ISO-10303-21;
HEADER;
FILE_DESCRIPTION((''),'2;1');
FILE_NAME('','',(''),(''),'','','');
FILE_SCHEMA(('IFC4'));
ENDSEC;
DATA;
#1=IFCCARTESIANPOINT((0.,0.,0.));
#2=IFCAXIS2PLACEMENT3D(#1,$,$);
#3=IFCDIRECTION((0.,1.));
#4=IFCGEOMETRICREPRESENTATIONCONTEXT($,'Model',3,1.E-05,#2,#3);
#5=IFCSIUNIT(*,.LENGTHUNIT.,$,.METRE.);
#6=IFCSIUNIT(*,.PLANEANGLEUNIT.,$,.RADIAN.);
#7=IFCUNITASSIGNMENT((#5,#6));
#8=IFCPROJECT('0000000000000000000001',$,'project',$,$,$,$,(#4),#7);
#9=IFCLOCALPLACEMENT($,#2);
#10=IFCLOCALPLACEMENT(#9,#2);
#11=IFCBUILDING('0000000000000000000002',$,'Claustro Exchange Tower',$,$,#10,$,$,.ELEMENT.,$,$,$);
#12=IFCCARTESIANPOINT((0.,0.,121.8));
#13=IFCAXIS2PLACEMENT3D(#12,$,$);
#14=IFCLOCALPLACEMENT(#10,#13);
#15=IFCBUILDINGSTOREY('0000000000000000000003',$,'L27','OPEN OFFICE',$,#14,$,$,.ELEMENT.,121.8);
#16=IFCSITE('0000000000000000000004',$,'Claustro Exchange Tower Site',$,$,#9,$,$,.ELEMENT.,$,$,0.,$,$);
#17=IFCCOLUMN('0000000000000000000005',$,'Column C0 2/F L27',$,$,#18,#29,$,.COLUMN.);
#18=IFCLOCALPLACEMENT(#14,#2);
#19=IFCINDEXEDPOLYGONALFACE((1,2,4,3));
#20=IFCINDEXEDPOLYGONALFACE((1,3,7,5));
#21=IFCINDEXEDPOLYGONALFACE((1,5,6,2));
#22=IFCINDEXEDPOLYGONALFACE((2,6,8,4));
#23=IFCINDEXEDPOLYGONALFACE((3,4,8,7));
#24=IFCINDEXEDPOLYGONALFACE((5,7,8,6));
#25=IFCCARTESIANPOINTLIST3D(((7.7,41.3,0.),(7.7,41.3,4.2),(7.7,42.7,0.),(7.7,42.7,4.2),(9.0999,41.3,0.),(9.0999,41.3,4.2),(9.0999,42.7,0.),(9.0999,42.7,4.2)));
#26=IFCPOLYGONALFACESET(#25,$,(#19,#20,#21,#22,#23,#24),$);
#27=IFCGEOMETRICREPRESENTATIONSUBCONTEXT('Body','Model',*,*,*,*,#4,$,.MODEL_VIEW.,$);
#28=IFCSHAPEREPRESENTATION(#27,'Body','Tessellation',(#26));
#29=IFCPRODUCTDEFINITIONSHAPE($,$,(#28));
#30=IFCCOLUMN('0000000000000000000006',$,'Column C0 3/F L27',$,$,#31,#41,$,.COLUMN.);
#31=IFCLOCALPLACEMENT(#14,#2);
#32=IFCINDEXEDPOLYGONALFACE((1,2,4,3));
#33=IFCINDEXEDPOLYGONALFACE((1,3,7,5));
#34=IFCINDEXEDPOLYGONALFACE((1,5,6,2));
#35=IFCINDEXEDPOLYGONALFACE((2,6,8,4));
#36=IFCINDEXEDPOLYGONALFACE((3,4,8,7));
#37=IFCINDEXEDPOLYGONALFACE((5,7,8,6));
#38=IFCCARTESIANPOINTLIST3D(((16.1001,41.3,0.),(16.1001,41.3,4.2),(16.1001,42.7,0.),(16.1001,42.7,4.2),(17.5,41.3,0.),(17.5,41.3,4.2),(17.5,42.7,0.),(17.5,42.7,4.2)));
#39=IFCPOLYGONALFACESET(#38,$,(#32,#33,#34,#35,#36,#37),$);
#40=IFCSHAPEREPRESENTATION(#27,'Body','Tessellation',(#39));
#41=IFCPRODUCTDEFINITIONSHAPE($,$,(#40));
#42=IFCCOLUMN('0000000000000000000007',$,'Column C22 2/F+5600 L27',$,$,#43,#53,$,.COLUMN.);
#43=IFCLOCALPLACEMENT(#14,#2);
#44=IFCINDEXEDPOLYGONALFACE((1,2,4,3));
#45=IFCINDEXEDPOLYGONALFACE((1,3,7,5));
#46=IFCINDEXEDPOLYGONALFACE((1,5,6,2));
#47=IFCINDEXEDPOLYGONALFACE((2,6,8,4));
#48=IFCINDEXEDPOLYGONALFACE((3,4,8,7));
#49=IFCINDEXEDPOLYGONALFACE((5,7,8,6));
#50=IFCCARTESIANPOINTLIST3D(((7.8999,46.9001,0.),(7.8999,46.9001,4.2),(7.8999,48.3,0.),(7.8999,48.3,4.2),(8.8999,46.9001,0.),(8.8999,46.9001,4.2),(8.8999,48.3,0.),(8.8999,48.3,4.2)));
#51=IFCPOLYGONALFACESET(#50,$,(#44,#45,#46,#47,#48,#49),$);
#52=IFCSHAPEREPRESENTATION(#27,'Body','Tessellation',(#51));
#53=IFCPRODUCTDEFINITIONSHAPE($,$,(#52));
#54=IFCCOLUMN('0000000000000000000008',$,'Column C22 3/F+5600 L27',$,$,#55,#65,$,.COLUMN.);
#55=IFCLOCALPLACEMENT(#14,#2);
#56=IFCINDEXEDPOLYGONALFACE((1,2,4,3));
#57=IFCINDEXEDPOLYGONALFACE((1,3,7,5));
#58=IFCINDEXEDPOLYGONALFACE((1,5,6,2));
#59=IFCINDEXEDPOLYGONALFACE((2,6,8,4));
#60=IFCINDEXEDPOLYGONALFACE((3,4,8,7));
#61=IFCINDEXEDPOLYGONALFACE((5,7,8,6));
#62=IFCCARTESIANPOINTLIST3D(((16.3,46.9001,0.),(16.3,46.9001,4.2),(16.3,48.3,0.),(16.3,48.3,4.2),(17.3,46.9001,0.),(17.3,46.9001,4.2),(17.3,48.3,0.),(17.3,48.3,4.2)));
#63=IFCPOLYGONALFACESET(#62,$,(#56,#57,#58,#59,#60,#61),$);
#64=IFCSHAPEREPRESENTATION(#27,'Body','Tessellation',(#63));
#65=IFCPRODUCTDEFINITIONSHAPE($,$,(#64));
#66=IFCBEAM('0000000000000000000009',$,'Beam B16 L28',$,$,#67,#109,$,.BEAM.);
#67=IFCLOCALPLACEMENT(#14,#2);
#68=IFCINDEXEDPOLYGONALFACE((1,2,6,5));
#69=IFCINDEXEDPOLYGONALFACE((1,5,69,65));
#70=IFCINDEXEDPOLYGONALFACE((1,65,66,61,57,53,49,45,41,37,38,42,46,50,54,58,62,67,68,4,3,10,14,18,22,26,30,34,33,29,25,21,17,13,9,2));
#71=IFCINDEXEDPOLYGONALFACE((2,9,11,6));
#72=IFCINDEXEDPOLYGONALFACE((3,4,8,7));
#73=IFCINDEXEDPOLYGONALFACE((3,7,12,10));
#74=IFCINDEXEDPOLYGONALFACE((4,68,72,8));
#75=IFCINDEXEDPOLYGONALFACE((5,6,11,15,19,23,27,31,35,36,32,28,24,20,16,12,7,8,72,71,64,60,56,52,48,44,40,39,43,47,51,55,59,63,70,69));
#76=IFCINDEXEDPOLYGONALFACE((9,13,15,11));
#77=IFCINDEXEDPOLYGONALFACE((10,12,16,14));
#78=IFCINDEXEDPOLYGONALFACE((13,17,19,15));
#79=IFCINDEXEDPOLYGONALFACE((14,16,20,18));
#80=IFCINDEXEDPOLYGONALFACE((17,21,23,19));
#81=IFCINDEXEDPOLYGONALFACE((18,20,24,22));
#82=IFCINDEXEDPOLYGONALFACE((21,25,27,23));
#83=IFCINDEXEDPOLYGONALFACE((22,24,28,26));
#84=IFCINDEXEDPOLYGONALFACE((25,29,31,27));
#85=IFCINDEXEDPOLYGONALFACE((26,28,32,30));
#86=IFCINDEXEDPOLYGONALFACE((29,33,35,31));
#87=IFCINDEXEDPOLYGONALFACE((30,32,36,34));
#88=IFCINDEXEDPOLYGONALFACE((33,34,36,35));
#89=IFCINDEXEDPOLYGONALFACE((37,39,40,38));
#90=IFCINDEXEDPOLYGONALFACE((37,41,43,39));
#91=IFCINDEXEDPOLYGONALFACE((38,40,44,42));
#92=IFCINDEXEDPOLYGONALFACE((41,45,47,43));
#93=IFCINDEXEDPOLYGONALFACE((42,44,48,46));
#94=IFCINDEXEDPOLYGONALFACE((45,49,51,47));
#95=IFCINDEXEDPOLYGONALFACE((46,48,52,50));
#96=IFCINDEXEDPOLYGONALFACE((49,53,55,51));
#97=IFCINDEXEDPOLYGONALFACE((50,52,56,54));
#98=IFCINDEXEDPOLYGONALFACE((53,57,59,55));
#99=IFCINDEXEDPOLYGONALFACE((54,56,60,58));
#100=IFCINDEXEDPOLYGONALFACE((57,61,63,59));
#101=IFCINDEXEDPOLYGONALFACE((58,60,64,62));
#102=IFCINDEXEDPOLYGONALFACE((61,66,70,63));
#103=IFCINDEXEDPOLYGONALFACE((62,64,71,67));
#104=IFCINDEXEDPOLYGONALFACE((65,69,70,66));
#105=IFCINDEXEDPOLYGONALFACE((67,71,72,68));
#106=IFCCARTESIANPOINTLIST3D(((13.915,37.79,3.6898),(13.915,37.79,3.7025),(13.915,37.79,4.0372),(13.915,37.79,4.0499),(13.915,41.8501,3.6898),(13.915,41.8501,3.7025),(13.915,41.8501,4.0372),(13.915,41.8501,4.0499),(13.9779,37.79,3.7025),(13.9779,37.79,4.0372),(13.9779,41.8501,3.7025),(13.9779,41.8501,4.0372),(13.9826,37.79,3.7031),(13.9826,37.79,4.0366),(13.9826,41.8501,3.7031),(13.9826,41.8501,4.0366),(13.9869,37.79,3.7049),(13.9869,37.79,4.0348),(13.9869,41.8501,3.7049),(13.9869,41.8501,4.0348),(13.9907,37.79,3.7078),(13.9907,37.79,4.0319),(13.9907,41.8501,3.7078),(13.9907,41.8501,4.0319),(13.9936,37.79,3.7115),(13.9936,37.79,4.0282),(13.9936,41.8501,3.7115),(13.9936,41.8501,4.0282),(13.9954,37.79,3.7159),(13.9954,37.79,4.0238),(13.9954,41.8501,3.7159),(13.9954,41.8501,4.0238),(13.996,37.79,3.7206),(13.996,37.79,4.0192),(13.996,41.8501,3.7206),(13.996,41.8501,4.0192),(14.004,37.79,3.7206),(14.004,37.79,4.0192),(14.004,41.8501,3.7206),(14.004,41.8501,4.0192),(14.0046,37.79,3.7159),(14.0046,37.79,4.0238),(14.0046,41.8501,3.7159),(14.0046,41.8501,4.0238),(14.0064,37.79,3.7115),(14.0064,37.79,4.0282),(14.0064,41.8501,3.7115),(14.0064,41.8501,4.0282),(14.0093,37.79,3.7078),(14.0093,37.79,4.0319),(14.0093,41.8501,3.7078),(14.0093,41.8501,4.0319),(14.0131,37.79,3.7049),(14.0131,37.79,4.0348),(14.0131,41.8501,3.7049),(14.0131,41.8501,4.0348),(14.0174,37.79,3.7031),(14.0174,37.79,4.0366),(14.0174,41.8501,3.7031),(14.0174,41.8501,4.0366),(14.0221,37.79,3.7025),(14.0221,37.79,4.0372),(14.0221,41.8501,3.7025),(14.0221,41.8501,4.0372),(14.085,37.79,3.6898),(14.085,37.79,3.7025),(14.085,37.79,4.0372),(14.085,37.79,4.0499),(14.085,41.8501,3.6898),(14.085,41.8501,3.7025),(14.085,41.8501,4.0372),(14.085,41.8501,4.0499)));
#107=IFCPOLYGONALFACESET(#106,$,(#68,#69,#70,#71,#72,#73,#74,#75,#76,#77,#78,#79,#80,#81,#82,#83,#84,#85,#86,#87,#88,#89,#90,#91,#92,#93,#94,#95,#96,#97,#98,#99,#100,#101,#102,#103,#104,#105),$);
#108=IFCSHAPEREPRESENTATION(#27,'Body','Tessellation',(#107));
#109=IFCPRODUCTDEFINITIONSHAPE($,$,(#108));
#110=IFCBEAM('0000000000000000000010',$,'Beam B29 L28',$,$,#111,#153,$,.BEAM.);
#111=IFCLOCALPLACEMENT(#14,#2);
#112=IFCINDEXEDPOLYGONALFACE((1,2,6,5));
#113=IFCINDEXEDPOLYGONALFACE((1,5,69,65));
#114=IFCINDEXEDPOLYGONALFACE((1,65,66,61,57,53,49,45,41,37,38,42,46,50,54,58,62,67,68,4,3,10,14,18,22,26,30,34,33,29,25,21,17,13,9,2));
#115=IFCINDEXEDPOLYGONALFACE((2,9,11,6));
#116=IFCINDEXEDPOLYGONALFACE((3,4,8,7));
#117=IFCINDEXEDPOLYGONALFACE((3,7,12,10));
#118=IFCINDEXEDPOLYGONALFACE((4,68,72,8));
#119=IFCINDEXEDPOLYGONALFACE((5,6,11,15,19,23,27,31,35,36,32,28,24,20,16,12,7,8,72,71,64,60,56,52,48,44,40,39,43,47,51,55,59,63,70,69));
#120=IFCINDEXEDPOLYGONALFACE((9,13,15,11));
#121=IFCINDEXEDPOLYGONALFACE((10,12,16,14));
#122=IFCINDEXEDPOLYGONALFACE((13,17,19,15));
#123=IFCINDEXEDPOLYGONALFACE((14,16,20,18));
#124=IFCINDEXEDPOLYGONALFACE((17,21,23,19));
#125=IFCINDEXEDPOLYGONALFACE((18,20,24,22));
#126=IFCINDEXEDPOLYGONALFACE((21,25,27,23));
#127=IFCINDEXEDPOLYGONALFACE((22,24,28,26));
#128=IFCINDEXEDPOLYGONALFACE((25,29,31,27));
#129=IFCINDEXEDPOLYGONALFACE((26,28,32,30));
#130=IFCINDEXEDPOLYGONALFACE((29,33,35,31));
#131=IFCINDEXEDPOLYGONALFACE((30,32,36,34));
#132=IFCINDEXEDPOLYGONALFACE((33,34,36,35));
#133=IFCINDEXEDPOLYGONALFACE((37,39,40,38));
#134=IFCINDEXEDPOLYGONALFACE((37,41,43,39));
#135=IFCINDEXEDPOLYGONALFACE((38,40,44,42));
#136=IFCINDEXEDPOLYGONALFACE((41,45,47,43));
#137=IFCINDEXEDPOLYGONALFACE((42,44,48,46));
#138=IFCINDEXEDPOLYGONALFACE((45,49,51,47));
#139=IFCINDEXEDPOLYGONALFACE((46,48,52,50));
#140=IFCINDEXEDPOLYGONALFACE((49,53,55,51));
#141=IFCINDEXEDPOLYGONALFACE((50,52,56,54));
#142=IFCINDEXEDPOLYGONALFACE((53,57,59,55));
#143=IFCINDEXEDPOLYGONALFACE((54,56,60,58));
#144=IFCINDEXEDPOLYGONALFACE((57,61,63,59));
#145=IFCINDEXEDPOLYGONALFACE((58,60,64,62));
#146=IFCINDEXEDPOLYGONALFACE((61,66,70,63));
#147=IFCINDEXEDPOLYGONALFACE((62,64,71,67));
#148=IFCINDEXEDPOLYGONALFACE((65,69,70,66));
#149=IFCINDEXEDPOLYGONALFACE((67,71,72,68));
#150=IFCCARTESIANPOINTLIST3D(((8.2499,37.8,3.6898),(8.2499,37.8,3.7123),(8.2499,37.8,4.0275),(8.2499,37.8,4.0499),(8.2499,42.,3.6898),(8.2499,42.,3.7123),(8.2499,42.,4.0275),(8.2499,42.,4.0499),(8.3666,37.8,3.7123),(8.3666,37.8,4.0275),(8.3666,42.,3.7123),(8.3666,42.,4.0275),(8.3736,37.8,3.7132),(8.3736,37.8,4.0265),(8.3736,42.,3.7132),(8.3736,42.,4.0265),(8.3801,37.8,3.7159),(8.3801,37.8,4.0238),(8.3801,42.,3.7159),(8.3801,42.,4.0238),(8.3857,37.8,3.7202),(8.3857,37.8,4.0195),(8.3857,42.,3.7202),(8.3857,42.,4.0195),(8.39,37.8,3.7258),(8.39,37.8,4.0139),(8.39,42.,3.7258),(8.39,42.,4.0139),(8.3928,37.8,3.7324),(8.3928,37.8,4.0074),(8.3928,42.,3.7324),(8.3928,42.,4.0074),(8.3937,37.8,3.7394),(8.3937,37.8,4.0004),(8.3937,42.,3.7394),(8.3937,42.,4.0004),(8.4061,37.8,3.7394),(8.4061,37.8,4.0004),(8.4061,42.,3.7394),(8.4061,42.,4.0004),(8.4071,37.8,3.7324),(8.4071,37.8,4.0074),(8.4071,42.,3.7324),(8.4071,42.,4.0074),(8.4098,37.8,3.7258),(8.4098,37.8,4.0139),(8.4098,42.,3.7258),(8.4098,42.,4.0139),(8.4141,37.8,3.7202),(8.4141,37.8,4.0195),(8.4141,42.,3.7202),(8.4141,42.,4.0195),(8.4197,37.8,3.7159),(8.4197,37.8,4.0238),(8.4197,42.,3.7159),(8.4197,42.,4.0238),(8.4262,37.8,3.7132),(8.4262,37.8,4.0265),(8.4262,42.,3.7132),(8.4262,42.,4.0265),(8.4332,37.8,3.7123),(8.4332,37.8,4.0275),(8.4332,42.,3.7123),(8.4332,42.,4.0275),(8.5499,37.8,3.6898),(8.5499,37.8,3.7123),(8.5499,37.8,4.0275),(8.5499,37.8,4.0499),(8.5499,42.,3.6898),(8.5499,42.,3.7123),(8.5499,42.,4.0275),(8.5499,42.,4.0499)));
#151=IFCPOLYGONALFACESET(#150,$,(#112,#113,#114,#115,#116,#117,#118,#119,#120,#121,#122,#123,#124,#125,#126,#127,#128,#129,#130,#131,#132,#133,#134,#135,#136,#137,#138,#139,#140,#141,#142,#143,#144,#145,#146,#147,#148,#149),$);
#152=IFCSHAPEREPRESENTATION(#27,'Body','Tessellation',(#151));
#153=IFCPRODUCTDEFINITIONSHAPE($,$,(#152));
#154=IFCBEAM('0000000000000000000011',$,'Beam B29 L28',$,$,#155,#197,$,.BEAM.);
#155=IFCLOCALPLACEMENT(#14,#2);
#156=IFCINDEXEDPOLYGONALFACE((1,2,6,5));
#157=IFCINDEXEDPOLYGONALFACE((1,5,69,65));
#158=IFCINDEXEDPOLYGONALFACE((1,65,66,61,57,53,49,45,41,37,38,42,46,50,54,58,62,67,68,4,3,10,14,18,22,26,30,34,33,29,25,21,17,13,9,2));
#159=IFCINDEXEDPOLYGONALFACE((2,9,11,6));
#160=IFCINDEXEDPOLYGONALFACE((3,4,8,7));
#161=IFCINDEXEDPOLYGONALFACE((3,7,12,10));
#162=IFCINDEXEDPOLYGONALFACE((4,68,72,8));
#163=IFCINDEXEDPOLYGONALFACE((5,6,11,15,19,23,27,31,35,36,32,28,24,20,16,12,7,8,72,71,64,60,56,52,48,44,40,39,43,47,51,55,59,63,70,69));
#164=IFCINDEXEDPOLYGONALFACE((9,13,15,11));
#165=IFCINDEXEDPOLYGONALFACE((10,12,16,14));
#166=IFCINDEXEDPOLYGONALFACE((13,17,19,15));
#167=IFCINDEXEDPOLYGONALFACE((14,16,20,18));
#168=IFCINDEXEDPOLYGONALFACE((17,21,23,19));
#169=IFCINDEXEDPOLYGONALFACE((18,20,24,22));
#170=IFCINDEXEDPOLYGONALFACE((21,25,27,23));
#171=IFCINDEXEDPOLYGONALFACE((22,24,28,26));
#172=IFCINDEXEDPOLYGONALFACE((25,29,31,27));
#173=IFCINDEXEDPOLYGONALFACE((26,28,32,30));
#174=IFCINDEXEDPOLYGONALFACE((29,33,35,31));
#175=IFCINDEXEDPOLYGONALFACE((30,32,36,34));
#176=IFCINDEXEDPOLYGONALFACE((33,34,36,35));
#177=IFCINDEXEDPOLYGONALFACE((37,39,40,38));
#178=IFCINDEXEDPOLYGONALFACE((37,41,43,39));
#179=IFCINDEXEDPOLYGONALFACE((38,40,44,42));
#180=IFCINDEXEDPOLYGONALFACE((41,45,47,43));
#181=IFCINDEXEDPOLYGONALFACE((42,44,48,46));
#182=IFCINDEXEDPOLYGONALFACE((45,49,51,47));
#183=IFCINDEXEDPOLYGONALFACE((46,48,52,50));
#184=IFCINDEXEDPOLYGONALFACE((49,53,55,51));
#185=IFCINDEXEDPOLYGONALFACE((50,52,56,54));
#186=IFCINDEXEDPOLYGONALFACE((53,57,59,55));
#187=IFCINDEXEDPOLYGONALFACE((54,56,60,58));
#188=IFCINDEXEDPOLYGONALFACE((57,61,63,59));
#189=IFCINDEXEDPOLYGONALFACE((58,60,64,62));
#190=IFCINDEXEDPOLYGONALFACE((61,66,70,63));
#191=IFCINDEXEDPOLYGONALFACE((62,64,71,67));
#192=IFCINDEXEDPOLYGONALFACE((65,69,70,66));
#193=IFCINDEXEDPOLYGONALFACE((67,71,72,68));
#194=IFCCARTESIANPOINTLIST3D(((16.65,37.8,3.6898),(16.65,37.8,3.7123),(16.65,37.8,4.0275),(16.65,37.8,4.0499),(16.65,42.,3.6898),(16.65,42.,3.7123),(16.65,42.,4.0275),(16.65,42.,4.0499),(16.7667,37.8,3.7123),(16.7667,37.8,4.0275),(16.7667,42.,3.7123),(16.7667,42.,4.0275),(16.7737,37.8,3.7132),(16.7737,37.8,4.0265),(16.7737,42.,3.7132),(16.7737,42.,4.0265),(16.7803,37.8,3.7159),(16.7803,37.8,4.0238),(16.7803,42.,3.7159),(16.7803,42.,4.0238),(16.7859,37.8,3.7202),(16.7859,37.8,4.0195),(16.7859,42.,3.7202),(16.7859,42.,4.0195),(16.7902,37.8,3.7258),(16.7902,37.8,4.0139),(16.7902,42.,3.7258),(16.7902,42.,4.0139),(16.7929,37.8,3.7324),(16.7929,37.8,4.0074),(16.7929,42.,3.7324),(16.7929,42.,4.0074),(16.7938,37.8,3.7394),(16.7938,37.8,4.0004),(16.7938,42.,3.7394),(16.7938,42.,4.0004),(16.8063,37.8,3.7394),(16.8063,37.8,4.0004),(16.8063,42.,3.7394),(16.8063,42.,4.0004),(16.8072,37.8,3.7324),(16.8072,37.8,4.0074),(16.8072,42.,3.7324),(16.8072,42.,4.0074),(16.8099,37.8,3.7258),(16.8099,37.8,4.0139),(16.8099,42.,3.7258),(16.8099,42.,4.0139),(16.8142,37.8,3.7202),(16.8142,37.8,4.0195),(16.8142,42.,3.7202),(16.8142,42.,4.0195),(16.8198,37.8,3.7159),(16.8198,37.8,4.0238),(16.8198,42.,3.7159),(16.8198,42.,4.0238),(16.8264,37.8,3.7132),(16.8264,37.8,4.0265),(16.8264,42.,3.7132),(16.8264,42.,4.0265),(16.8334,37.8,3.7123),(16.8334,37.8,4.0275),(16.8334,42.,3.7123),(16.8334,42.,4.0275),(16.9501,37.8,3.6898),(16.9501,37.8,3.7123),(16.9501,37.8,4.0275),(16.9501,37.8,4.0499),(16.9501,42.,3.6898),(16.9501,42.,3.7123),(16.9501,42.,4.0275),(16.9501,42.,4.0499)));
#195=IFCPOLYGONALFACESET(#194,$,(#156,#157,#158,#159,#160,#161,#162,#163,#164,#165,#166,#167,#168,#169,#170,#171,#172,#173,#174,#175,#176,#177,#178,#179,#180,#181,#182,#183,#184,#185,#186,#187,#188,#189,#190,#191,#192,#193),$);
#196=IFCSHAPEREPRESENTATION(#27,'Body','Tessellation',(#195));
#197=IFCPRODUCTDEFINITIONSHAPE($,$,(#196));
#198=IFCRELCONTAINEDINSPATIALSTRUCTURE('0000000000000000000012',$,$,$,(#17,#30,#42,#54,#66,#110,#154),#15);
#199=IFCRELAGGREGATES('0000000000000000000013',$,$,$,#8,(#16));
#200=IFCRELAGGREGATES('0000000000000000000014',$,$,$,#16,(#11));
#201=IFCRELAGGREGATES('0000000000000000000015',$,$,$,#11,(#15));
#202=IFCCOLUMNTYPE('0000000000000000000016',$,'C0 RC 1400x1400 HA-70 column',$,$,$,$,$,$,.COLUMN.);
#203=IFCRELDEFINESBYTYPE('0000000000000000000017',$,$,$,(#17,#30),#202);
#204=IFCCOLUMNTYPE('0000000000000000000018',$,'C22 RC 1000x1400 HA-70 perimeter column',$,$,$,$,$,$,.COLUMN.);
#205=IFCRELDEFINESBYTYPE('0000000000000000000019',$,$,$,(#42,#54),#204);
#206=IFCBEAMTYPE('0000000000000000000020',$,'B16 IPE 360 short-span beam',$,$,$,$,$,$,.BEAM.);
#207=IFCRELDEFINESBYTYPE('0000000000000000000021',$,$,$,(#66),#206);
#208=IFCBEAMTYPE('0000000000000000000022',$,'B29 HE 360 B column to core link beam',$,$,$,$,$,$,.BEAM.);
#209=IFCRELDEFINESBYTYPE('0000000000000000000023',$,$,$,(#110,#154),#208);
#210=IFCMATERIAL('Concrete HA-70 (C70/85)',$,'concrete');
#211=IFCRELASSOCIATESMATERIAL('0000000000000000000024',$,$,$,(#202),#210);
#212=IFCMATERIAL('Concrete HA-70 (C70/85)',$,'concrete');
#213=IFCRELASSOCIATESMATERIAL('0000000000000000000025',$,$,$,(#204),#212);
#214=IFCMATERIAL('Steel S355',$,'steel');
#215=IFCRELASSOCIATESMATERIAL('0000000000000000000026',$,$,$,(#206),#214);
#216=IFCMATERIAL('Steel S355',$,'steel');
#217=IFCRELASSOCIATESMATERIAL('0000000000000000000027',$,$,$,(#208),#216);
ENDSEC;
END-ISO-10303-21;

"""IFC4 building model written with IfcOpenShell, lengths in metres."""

from ifc_helpers import new_model, si_unit, direction, frame, origin, origin_2d, place, context, subcontext, project, spatial, rectangle, i_section, extrude, material, material_profile, profile_set, type_object, element, save


model = new_model("IFC4")

# Units and contexts
model_context = context("Model", 3, precision=1e-05, world=origin(), true_north=direction((0.0, 1.0)))
body_context = subcontext(model_context, "Body", "Model", "MODEL_VIEW")
ifc_project = project(units=[si_unit("LENGTHUNIT", "METRE"), si_unit("PLANEANGLEUNIT", "RADIAN")], contexts=[model_context])

# Site, building, storey
site_placement = place(None, origin())
site = spatial("IfcSite", under=ifc_project, at=site_placement, Name="Claustro Exchange Tower Site", CompositionType="ELEMENT", RefElevation=0.0)
building_placement = place(site_placement, origin())
building = spatial("IfcBuilding", under=site, at=building_placement, Name="Claustro Exchange Tower", CompositionType="ELEMENT")
storey_placement = place(building_placement, frame((0.0, 0.0, 121.8)))
storey = spatial("IfcBuildingStorey", under=building, at=storey_placement, Name="L27", Description="OPEN OFFICE", CompositionType="ELEMENT", Elevation=121.8)

# Columns
ifc_material_1 = material(Name="Concrete HA-70 (C70/85)", Category="concrete")
ifc_material_profile_1 = material_profile(ifc_material_1, rectangle(XDim=1.3999, YDim=1.3999, at=origin_2d()), Name="RC 1400x1400")
ifc_profile_set_1 = profile_set([ifc_material_profile_1], Name="Concrete HA-70 (C70/85)")
column_type_1 = type_object("IfcColumnType", Name="C0 RC 1400x1400 HA-70 column", PredefinedType="COLUMN", material=ifc_profile_set_1)
for number, where, z_axis, x_axis, name in (
    (1, (8.3999, 42.0, 0.0), (0.0, 0.0, 1.0), (1.0, 0.0, 0.0), "Column C0 2/F L27"),
    (2, (16.8, 42.0, 0.0), (0.0, 0.0, 1.0), (1.0, 0.0, 0.0), "Column C0 3/F L27"),
):
    element("IfcColumn", number, at=place(storey_placement, frame(where, z_axis=z_axis, x_axis=x_axis)), inside=storey, type_object=column_type_1, Name=name, PredefinedType="COLUMN", context=body_context, shape_type="SweptSolid", body=[
        extrude(rectangle(XDim=1.3999, YDim=1.3999, at=origin_2d()), origin(), (0.0, 0.0, 1.0), 4.2),
    ])
ifc_material_2 = material(Name="Concrete HA-70 (C70/85)", Category="concrete")
ifc_material_profile_2 = material_profile(ifc_material_2, rectangle(XDim=1.0, YDim=1.3999, at=origin_2d()), Name="RC 1000x1400")
ifc_profile_set_2 = profile_set([ifc_material_profile_2], Name="Concrete HA-70 (C70/85)")
column_type_2 = type_object("IfcColumnType", Name="C22 RC 1000x1400 HA-70 perimeter column", PredefinedType="COLUMN", material=ifc_profile_set_2)
for number, where, z_axis, x_axis, name in (
    (3, (8.3999, 47.6001, 0.0), (0.0, 0.0, 1.0), (1.0, 0.0, 0.0), "Column C22 2/F+5600 L27"),
    (4, (16.8, 47.6001, 0.0), (0.0, 0.0, 1.0), (1.0, 0.0, 0.0), "Column C22 3/F+5600 L27"),
):
    element("IfcColumn", number, at=place(storey_placement, frame(where, z_axis=z_axis, x_axis=x_axis)), inside=storey, type_object=column_type_2, Name=name, PredefinedType="COLUMN", context=body_context, shape_type="SweptSolid", body=[
        extrude(rectangle(XDim=1.0, YDim=1.3999, at=origin_2d()), origin(), (0.0, 0.0, 1.0), 4.2),
    ])

# Beams
ifc_material_3 = material(Name="Steel S355", Category="steel")
ifc_material_profile_3 = material_profile(ifc_material_3, i_section(OverallWidth=0.1699, OverallDepth=0.3601, WebThickness=0.0081, FlangeThickness=0.0127, FilletRadius=0.0181, at=origin_2d()), Name="IPE 360")
ifc_profile_set_3 = profile_set([ifc_material_profile_3], Name="Steel S355")
beam_type_1 = type_object("IfcBeamType", Name="B16 IPE 360 short-span beam", PredefinedType="BEAM", material=ifc_profile_set_3)
beam_1_placement = place(storey_placement, frame((14.0, 37.79, 3.8699), z_axis=(0.0, 1.0, 0.0), x_axis=(-1.0, 0.0, 0.0)))
element("IfcBeam", 5, at=beam_1_placement, inside=storey, type_object=beam_type_1, Name="Beam B16 L28", PredefinedType="BEAM", context=body_context, shape_type="SweptSolid", body=[
    extrude(i_section(OverallWidth=0.1699, OverallDepth=0.3601, WebThickness=0.0081, FlangeThickness=0.0127, FilletRadius=0.0181, at=origin_2d()), origin(), (0.0, 0.0, 1.0), 4.0601),
])
ifc_material_4 = material(Name="Steel S355", Category="steel")
ifc_material_profile_4 = material_profile(ifc_material_4, i_section(OverallWidth=0.3, OverallDepth=0.3601, WebThickness=0.0125, FlangeThickness=0.0225, FilletRadius=0.0271, at=origin_2d()), Name="HE 360 B")
ifc_profile_set_4 = profile_set([ifc_material_profile_4], Name="Steel S355")
beam_type_2 = type_object("IfcBeamType", Name="B29 HE 360 B column to core link beam", PredefinedType="BEAM", material=ifc_profile_set_4)
for number, where, z_axis, x_axis, name in (
    (6, (8.3999, 37.8, 3.8699), (0.0, 1.0, 0.0), (-1.0, 0.0, 0.0), "Beam B29 L28"),
    (7, (16.8, 37.8, 3.8699), (0.0, 1.0, 0.0), (-1.0, 0.0, 0.0), "Beam B29 L28"),
):
    element("IfcBeam", number, at=place(storey_placement, frame(where, z_axis=z_axis, x_axis=x_axis)), inside=storey, type_object=beam_type_2, Name=name, PredefinedType="BEAM", context=body_context, shape_type="SweptSolid", body=[
        extrude(i_section(OverallWidth=0.3, OverallDepth=0.3601, WebThickness=0.0125, FlangeThickness=0.0225, FilletRadius=0.0271, at=origin_2d()), origin(), (0.0, 0.0, 1.0), 4.2),
    ])

save(model, "model.ifc")
